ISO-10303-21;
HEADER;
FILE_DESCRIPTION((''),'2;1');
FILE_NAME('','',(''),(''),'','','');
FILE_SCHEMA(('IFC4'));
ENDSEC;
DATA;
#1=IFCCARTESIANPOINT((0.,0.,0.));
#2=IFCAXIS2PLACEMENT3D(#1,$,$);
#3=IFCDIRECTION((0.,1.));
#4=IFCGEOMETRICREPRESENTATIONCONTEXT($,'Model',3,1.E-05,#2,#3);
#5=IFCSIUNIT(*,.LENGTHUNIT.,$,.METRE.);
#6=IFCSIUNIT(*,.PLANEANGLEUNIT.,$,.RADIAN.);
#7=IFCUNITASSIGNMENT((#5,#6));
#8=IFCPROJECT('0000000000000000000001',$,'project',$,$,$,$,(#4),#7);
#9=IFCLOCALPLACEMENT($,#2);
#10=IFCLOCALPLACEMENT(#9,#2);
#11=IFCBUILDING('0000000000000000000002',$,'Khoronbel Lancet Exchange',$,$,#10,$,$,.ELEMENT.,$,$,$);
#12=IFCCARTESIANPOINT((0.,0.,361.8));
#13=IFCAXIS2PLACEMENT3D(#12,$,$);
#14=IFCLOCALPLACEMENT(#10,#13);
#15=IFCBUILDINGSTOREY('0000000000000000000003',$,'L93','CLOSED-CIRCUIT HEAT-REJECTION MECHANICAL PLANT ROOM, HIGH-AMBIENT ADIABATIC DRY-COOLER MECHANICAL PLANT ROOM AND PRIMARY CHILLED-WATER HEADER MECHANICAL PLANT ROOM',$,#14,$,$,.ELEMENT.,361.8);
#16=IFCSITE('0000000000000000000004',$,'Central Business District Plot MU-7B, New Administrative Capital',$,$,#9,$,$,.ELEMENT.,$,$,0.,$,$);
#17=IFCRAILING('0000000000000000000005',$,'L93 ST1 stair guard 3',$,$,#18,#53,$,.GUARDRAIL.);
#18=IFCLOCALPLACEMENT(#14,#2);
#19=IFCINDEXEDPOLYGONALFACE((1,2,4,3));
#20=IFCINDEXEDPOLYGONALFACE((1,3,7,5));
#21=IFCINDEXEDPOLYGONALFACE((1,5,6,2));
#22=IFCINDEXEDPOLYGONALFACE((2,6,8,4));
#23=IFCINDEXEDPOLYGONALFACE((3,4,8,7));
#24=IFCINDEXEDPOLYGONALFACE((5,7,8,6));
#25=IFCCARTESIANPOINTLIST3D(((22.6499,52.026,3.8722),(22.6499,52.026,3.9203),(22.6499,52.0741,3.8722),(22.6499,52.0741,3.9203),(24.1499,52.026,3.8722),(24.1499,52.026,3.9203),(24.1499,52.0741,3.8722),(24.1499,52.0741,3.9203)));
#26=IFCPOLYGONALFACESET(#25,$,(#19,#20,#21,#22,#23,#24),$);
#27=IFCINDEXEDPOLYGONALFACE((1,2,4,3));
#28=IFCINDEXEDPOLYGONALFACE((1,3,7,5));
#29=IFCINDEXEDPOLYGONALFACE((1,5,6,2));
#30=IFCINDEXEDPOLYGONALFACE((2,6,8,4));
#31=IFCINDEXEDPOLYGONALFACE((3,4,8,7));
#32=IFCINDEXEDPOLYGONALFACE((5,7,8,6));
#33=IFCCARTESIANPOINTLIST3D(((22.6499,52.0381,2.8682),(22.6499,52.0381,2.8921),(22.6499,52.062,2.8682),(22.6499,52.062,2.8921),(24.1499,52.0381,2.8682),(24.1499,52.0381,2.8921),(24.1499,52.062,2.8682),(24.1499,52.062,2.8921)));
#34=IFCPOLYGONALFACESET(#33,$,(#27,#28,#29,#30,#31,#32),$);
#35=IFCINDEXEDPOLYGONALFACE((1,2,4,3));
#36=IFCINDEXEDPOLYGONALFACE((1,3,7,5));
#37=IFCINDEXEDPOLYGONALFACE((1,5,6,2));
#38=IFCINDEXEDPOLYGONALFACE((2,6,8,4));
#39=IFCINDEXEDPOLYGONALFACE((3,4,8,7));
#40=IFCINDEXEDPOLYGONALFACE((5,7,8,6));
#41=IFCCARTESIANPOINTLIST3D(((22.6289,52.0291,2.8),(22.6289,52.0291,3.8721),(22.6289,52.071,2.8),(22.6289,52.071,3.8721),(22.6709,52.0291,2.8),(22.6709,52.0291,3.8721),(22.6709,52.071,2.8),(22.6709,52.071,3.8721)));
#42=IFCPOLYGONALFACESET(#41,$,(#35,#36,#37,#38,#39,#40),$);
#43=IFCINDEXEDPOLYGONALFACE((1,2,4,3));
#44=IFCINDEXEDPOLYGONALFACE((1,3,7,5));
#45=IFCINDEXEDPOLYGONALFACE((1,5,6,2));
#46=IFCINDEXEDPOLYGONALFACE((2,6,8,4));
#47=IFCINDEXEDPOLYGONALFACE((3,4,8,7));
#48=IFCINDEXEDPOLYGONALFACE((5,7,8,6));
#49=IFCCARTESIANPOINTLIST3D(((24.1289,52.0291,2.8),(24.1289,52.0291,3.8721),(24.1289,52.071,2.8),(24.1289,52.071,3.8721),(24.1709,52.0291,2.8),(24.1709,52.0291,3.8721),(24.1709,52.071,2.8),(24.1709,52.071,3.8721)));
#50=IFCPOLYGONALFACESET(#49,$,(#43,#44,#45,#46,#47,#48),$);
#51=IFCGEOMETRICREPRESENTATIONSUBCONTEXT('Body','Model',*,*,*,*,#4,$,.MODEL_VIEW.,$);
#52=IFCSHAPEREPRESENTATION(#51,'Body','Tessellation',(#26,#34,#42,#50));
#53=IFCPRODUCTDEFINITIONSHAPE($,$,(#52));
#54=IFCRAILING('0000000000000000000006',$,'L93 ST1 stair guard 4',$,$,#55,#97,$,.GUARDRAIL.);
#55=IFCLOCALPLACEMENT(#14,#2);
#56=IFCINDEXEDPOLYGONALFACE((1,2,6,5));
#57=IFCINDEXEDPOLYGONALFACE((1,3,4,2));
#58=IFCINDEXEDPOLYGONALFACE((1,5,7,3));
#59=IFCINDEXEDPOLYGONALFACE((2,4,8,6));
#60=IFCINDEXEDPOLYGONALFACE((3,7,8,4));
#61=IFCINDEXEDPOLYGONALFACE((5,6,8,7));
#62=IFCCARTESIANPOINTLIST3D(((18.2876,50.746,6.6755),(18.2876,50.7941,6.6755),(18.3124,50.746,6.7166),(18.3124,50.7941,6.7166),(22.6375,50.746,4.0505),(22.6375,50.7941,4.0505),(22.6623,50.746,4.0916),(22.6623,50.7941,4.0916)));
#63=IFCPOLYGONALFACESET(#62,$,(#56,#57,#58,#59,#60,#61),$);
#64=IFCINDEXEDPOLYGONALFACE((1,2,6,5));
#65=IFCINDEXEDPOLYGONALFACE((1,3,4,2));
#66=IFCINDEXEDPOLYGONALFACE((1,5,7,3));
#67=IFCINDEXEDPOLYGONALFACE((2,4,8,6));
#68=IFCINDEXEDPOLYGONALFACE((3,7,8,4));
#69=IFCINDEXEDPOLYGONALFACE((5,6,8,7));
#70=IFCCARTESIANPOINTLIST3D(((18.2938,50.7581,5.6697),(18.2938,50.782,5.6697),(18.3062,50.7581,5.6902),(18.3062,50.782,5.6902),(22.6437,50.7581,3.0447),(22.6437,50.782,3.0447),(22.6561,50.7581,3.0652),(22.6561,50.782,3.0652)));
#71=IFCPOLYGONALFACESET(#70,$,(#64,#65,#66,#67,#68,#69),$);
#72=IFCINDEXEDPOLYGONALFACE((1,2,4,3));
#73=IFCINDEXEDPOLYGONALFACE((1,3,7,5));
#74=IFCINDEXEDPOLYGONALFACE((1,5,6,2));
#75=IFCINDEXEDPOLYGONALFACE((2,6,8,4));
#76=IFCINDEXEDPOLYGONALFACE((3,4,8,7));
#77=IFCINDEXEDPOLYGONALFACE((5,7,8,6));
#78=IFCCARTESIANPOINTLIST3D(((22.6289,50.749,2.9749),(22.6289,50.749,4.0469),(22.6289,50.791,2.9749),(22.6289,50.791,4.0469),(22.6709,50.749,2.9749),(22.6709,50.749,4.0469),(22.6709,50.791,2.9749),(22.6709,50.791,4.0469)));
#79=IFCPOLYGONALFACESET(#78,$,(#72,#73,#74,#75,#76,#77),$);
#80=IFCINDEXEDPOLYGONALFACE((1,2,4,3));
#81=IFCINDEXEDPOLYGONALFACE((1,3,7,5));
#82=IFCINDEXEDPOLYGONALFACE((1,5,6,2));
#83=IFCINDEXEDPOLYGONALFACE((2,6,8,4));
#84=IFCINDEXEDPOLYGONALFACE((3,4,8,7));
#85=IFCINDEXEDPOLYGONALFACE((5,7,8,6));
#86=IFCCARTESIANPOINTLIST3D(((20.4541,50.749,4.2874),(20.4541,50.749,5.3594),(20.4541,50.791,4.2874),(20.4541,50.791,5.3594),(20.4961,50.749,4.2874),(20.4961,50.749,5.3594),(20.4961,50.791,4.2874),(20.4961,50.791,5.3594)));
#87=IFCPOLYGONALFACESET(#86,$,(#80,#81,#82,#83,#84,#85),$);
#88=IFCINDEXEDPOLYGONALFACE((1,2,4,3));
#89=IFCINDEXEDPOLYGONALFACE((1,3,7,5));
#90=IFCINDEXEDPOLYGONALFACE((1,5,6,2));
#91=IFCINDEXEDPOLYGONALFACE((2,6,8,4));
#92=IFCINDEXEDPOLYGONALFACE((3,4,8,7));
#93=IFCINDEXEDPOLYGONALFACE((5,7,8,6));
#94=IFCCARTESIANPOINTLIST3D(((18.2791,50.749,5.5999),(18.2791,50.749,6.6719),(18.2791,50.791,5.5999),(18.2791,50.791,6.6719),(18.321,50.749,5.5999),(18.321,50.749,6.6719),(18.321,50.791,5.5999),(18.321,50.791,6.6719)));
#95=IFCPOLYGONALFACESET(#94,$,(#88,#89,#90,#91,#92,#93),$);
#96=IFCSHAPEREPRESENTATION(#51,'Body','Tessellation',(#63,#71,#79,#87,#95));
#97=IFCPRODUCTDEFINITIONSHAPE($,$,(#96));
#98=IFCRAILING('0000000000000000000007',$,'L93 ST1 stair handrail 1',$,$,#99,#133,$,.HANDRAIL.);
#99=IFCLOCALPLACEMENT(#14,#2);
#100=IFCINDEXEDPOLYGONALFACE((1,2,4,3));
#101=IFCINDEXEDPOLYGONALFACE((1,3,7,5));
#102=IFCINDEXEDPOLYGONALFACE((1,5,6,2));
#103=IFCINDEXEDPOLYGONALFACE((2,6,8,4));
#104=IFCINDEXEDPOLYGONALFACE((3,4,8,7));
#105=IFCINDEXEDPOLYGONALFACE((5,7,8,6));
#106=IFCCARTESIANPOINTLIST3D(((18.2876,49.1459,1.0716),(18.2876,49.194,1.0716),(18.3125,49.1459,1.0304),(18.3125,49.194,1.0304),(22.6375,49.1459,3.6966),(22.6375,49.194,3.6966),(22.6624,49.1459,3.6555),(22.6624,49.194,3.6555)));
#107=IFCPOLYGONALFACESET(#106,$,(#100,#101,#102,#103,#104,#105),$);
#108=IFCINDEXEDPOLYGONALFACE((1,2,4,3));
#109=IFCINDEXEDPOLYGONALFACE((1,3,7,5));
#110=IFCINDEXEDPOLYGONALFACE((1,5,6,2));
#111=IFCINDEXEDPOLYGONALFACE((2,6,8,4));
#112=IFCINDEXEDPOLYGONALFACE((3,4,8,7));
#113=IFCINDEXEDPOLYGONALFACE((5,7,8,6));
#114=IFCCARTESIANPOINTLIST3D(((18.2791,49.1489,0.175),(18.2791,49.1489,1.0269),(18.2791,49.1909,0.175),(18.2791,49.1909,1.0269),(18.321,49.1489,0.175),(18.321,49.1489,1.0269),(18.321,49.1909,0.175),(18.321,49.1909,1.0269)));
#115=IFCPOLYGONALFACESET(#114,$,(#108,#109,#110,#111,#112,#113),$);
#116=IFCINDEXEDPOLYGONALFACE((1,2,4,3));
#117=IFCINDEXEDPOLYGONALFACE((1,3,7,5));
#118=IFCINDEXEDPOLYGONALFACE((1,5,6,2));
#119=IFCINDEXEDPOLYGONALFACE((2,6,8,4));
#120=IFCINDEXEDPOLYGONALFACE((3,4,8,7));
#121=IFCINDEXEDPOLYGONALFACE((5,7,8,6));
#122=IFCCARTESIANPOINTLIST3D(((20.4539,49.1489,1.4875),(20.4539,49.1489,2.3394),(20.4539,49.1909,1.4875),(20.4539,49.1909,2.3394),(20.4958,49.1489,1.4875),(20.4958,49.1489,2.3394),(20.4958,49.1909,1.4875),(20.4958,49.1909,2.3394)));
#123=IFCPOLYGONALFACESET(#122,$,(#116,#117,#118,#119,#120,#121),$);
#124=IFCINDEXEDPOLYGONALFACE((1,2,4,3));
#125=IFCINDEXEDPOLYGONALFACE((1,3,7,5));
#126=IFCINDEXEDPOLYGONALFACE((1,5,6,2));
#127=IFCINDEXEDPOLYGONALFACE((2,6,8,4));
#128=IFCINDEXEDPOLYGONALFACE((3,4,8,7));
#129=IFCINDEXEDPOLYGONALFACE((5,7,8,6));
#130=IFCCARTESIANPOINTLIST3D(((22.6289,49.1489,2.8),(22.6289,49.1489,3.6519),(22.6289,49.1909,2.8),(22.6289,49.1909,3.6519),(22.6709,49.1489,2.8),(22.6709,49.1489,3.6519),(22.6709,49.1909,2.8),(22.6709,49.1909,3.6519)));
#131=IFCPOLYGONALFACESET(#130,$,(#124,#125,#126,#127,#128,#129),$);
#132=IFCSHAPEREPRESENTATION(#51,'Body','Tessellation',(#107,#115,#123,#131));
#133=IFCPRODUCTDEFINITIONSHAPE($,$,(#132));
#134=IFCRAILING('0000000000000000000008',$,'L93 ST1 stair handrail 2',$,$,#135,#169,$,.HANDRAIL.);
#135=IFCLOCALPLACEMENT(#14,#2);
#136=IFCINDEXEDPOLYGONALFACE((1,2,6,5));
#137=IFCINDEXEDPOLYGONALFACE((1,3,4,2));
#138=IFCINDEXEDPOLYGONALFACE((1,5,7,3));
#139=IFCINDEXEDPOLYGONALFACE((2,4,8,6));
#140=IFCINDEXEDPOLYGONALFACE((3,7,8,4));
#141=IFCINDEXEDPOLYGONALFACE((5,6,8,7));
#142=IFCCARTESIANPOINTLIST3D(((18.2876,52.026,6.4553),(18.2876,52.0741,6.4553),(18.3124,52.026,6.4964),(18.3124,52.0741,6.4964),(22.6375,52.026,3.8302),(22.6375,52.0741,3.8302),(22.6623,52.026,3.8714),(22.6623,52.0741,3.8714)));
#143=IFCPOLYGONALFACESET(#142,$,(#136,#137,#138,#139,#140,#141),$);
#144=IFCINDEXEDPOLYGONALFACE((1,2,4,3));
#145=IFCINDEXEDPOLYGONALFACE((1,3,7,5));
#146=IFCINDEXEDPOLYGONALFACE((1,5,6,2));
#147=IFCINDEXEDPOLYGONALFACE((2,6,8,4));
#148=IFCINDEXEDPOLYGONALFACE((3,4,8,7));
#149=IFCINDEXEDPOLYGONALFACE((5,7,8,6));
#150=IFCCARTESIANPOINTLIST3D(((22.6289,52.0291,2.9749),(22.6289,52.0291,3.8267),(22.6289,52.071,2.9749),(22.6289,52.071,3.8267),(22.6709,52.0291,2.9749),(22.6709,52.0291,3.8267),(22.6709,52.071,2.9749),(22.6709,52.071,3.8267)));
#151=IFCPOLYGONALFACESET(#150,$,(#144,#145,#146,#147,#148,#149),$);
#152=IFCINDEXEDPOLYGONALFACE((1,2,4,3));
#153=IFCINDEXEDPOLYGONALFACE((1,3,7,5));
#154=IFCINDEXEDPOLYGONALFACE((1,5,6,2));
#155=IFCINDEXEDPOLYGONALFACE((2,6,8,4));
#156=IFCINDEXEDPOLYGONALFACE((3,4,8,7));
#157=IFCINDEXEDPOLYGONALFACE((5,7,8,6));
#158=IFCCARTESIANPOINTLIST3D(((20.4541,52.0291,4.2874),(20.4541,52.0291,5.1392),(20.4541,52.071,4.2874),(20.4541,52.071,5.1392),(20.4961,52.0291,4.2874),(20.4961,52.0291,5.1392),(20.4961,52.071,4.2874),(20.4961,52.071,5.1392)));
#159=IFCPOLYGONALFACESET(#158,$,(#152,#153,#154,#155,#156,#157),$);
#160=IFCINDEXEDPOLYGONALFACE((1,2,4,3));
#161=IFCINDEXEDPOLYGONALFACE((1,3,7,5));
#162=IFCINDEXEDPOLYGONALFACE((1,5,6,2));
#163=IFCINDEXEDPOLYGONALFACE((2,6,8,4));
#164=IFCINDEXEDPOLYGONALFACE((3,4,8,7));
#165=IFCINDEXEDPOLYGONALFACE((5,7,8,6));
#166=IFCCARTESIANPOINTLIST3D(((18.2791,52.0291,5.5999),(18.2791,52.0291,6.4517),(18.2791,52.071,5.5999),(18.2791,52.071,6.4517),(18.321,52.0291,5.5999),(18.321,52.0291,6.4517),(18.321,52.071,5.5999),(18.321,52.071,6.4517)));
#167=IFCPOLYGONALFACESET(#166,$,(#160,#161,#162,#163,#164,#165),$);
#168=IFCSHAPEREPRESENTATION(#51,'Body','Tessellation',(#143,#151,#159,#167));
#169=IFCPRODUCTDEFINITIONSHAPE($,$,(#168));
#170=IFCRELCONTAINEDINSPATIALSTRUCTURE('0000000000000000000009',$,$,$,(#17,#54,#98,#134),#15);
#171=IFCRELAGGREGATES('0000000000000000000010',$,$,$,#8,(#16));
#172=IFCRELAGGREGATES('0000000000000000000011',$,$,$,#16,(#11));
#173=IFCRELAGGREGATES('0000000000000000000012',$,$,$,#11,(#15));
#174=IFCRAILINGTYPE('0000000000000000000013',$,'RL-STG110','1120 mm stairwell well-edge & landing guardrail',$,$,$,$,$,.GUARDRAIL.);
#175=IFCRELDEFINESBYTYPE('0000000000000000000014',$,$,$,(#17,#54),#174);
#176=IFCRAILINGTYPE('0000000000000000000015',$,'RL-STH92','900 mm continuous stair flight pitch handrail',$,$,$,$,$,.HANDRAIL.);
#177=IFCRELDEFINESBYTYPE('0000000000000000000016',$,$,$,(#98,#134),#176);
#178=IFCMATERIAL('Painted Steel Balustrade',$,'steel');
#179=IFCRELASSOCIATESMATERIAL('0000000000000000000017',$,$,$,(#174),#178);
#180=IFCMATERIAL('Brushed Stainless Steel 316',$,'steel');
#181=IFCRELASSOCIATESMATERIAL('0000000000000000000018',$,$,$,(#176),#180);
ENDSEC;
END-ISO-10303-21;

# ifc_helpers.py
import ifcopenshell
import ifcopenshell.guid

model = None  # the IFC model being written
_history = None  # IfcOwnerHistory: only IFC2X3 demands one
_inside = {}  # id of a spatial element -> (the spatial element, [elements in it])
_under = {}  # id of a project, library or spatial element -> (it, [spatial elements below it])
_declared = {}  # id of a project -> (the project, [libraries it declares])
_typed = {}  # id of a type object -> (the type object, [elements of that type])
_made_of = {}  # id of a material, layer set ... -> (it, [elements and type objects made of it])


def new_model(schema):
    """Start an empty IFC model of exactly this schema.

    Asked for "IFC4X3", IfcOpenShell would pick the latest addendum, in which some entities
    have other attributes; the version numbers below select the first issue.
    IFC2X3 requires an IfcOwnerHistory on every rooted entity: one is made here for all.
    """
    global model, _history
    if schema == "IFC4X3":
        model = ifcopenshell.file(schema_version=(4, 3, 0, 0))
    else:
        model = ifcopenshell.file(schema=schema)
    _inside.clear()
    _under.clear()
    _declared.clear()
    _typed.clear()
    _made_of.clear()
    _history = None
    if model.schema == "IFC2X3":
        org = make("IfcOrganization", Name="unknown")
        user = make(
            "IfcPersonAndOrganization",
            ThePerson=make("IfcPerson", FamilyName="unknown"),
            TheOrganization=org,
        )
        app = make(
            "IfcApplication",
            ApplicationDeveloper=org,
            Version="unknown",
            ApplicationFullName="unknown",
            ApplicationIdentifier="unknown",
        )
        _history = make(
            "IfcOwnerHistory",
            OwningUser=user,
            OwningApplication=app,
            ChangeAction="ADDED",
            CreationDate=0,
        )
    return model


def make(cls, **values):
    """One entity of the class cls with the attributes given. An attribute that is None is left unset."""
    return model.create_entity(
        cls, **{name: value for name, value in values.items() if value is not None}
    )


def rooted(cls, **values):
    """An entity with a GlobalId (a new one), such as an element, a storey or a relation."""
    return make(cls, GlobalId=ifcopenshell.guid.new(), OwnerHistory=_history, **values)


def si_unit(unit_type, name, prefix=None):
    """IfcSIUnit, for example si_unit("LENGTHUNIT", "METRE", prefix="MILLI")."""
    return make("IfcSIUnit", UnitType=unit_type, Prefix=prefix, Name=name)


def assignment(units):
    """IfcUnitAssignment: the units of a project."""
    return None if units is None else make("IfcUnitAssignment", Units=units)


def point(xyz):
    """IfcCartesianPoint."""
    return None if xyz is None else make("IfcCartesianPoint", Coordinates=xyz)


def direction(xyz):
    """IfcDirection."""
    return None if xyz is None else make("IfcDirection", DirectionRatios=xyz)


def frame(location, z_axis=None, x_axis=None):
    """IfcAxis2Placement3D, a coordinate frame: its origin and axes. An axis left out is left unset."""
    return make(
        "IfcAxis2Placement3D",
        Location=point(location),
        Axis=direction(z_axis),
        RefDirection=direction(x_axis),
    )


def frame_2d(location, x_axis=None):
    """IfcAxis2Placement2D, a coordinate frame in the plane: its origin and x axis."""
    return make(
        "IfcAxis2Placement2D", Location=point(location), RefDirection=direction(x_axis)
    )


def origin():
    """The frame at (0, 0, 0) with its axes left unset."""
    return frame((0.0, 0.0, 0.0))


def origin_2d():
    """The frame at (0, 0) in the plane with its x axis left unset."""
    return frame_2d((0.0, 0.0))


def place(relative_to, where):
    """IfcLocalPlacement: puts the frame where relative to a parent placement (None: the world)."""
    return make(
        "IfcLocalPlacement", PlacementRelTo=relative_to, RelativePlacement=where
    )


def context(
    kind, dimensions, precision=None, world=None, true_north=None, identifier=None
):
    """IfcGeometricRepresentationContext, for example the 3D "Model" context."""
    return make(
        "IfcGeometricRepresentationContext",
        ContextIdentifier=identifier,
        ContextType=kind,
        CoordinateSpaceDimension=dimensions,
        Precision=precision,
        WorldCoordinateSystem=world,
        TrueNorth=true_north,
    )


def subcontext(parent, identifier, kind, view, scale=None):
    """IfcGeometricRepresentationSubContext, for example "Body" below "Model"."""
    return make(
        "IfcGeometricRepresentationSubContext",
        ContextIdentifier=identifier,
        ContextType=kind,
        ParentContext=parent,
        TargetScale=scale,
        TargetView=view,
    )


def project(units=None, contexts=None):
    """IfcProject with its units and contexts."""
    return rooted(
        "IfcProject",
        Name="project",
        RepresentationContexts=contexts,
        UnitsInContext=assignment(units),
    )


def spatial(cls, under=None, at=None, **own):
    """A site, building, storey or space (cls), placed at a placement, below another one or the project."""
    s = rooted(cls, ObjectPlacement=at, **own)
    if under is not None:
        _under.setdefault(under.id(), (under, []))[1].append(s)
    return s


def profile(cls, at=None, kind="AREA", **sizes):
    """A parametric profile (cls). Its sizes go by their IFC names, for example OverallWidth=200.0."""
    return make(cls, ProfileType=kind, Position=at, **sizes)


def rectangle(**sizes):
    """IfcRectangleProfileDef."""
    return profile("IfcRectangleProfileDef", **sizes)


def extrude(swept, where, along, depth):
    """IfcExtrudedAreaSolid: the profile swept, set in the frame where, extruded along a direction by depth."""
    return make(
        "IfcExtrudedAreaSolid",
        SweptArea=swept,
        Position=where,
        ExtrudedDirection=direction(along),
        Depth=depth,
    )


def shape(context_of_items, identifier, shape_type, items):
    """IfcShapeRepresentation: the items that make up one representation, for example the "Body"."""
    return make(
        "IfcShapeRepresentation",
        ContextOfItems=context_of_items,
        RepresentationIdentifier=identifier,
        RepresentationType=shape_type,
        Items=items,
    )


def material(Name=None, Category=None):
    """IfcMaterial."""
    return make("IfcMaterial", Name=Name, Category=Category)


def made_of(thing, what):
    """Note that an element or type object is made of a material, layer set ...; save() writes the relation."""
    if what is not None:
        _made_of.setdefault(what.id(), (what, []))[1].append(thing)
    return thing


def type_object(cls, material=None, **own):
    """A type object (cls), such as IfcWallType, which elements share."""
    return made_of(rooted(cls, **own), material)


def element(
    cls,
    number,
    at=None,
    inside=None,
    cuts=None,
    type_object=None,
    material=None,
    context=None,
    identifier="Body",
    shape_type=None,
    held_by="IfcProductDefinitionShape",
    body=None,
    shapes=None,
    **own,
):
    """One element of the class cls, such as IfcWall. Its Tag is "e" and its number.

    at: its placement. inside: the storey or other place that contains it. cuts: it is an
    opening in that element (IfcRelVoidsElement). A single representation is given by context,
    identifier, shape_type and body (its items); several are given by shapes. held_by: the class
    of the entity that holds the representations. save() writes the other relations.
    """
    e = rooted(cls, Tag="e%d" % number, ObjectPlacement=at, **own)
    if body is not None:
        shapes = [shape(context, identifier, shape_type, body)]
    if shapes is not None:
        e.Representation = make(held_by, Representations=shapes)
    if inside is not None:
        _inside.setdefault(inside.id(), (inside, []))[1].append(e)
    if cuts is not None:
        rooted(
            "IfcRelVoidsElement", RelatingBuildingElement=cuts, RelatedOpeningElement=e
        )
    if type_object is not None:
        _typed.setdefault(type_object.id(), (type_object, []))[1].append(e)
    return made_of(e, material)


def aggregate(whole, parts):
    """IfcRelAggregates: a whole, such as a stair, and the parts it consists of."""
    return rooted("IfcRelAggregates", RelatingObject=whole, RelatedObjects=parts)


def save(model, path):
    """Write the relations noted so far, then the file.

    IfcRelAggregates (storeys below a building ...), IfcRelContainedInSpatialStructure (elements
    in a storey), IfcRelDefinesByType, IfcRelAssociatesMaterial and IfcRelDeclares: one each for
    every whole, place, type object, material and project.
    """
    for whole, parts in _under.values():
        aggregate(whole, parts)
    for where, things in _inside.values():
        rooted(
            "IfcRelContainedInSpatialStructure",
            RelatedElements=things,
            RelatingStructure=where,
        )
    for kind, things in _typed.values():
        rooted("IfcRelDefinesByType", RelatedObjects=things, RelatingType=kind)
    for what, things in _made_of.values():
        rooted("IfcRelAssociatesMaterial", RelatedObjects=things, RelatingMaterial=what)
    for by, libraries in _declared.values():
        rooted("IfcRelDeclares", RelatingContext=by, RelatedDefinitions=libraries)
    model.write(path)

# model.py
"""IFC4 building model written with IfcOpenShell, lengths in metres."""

from ifc_helpers import new_model, si_unit, direction, frame, origin, origin_2d, place, context, subcontext, project, spatial, rectangle, extrude, material, type_object, element, save


model = new_model("IFC4")

# Units and contexts
model_context = context("Model", 3, precision=1e-05, world=origin(), true_north=direction((0.0, 1.0)))
body_context = subcontext(model_context, "Body", "Model", "MODEL_VIEW")
ifc_project = project(units=[si_unit("LENGTHUNIT", "METRE"), si_unit("PLANEANGLEUNIT", "RADIAN")], contexts=[model_context])

# Site, building, storey
site_placement = place(None, origin())
site = spatial("IfcSite", under=ifc_project, at=site_placement, Name="Central Business District Plot MU-7B, New Administrative Capital", CompositionType="ELEMENT", RefElevation=0.0)
building_placement = place(site_placement, origin())
building = spatial("IfcBuilding", under=site, at=building_placement, Name="Khoronbel Lancet Exchange", CompositionType="ELEMENT")
storey_placement = place(building_placement, frame((0.0, 0.0, 361.8)))
storey = spatial("IfcBuildingStorey", under=building, at=storey_placement, Name="L93", Description="CLOSED-CIRCUIT HEAT-REJECTION MECHANICAL PLANT ROOM, HIGH-AMBIENT ADIABATIC DRY-COOLER MECHANICAL PLANT ROOM AND PRIMARY CHILLED-WATER HEADER MECHANICAL PLANT ROOM", CompositionType="ELEMENT", Elevation=361.8)

# Railings
ifc_material_1 = material(Name="Painted Steel Balustrade", Category="steel")
railing_type_1 = type_object("IfcRailingType", Name="RL-STG110", Description="1120 mm stairwell well-edge & landing guardrail", PredefinedType="GUARDRAIL", material=ifc_material_1)
railing_1_placement = place(storey_placement, frame((22.6499, 52.05, 2.8)))
element("IfcRailing", 1, at=railing_1_placement, inside=storey, type_object=railing_type_1, Name="L93 ST1 stair guard 3", PredefinedType="GUARDRAIL", context=body_context, shape_type="SweptSolid", body=[
    extrude(rectangle(XDim=0.0481, YDim=0.0481, at=origin_2d()), frame((0.0, 0.0, 1.0962), z_axis=(1.0, 0.0, 0.0), x_axis=(0.0, 1.0, 0.0)), (0.0, 0.0, 1.0), 1.5),
    extrude(rectangle(XDim=0.0239, YDim=0.0239, at=origin_2d()), frame((0.0, 0.0, 0.0801), z_axis=(1.0, 0.0, 0.0), x_axis=(0.0, 1.0, 0.0)), (0.0, 0.0, 1.0), 1.5),
    extrude(rectangle(XDim=0.042, YDim=0.042, at=origin_2d()), origin(), (0.0, 0.0, 1.0), 1.072),
    extrude(rectangle(XDim=0.042, YDim=0.042, at=origin_2d()), frame((1.5, 0.0, 0.0)), (0.0, 0.0, 1.0), 1.072),
])
railing_2_placement = place(storey_placement, frame((22.6499, 50.77, 2.9749)))
element("IfcRailing", 2, at=railing_2_placement, inside=storey, type_object=railing_type_1, Name="L93 ST1 stair guard 4", PredefinedType="GUARDRAIL", context=body_context, shape_type="SweptSolid", body=[
    extrude(rectangle(XDim=0.0481, YDim=0.0481, at=origin_2d()), frame((0.0, 0.0, 1.0962), z_axis=(-0.85618, 0.0, 0.516678), x_axis=(0.0, -1.0, 0.0)), (0.0, 0.0, 1.0), 5.0806),
    extrude(rectangle(XDim=0.0239, YDim=0.0239, at=origin_2d()), frame((0.0, 0.0, 0.0801), z_axis=(-0.85618, 0.0, 0.516678), x_axis=(0.0, -1.0, 0.0)), (0.0, 0.0, 1.0), 5.0806),
    extrude(rectangle(XDim=0.042, YDim=0.042, at=origin_2d()), origin(), (0.0, 0.0, 1.0), 1.072),
    extrude(rectangle(XDim=0.042, YDim=0.042, at=origin_2d()), frame((-2.1748, 0.0, 1.3125)), (0.0, 0.0, 1.0), 1.072),
    extrude(rectangle(XDim=0.042, YDim=0.042, at=origin_2d()), frame((-4.3499, 0.0, 2.625)), (0.0, 0.0, 1.0), 1.072),
])
ifc_material_2 = material(Name="Brushed Stainless Steel 316", Category="steel")
railing_type_2 = type_object("IfcRailingType", Name="RL-STH92", Description="900 mm continuous stair flight pitch handrail", PredefinedType="HANDRAIL", material=ifc_material_2)
railing_3_placement = place(storey_placement, frame((18.3, 49.1699, 0.175)))
element("IfcRailing", 3, at=railing_3_placement, inside=storey, type_object=railing_type_2, Name="L93 ST1 stair handrail 1", PredefinedType="HANDRAIL", context=body_context, shape_type="SweptSolid", body=[
    extrude(rectangle(XDim=0.0481, YDim=0.0481, at=origin_2d()), frame((0.0, 0.0, 0.876), z_axis=(0.85618, 0.0, 0.516678), x_axis=(0.0, 1.0, 0.0)), (0.0, 0.0, 1.0), 5.0806),
    extrude(rectangle(XDim=0.042, YDim=0.042, at=origin_2d()), origin(), (0.0, 0.0, 1.0), 0.8518),
    extrude(rectangle(XDim=0.042, YDim=0.042, at=origin_2d()), frame((2.1748, 0.0, 1.3125)), (0.0, 0.0, 1.0), 0.8518),
    extrude(rectangle(XDim=0.042, YDim=0.042, at=origin_2d()), frame((4.3499, 0.0, 2.625)), (0.0, 0.0, 1.0), 0.8518),
])
railing_4_placement = place(storey_placement, frame((22.6499, 52.05, 2.9749)))
element("IfcRailing", 4, at=railing_4_placement, inside=storey, type_object=railing_type_2, Name="L93 ST1 stair handrail 2", PredefinedType="HANDRAIL", context=body_context, shape_type="SweptSolid", body=[
    extrude(rectangle(XDim=0.0481, YDim=0.0481, at=origin_2d()), frame((0.0, 0.0, 0.876), z_axis=(-0.85618, 0.0, 0.516678), x_axis=(0.0, -1.0, 0.0)), (0.0, 0.0, 1.0), 5.0806),
    extrude(rectangle(XDim=0.042, YDim=0.042, at=origin_2d()), origin(), (0.0, 0.0, 1.0), 0.8518),
    extrude(rectangle(XDim=0.042, YDim=0.042, at=origin_2d()), frame((-2.1748, 0.0, 1.3125)), (0.0, 0.0, 1.0), 0.8518),
    extrude(rectangle(XDim=0.042, YDim=0.042, at=origin_2d()), frame((-4.3499, 0.0, 2.625)), (0.0, 0.0, 1.0), 0.8518),
])

save(model, "model.ifc")
